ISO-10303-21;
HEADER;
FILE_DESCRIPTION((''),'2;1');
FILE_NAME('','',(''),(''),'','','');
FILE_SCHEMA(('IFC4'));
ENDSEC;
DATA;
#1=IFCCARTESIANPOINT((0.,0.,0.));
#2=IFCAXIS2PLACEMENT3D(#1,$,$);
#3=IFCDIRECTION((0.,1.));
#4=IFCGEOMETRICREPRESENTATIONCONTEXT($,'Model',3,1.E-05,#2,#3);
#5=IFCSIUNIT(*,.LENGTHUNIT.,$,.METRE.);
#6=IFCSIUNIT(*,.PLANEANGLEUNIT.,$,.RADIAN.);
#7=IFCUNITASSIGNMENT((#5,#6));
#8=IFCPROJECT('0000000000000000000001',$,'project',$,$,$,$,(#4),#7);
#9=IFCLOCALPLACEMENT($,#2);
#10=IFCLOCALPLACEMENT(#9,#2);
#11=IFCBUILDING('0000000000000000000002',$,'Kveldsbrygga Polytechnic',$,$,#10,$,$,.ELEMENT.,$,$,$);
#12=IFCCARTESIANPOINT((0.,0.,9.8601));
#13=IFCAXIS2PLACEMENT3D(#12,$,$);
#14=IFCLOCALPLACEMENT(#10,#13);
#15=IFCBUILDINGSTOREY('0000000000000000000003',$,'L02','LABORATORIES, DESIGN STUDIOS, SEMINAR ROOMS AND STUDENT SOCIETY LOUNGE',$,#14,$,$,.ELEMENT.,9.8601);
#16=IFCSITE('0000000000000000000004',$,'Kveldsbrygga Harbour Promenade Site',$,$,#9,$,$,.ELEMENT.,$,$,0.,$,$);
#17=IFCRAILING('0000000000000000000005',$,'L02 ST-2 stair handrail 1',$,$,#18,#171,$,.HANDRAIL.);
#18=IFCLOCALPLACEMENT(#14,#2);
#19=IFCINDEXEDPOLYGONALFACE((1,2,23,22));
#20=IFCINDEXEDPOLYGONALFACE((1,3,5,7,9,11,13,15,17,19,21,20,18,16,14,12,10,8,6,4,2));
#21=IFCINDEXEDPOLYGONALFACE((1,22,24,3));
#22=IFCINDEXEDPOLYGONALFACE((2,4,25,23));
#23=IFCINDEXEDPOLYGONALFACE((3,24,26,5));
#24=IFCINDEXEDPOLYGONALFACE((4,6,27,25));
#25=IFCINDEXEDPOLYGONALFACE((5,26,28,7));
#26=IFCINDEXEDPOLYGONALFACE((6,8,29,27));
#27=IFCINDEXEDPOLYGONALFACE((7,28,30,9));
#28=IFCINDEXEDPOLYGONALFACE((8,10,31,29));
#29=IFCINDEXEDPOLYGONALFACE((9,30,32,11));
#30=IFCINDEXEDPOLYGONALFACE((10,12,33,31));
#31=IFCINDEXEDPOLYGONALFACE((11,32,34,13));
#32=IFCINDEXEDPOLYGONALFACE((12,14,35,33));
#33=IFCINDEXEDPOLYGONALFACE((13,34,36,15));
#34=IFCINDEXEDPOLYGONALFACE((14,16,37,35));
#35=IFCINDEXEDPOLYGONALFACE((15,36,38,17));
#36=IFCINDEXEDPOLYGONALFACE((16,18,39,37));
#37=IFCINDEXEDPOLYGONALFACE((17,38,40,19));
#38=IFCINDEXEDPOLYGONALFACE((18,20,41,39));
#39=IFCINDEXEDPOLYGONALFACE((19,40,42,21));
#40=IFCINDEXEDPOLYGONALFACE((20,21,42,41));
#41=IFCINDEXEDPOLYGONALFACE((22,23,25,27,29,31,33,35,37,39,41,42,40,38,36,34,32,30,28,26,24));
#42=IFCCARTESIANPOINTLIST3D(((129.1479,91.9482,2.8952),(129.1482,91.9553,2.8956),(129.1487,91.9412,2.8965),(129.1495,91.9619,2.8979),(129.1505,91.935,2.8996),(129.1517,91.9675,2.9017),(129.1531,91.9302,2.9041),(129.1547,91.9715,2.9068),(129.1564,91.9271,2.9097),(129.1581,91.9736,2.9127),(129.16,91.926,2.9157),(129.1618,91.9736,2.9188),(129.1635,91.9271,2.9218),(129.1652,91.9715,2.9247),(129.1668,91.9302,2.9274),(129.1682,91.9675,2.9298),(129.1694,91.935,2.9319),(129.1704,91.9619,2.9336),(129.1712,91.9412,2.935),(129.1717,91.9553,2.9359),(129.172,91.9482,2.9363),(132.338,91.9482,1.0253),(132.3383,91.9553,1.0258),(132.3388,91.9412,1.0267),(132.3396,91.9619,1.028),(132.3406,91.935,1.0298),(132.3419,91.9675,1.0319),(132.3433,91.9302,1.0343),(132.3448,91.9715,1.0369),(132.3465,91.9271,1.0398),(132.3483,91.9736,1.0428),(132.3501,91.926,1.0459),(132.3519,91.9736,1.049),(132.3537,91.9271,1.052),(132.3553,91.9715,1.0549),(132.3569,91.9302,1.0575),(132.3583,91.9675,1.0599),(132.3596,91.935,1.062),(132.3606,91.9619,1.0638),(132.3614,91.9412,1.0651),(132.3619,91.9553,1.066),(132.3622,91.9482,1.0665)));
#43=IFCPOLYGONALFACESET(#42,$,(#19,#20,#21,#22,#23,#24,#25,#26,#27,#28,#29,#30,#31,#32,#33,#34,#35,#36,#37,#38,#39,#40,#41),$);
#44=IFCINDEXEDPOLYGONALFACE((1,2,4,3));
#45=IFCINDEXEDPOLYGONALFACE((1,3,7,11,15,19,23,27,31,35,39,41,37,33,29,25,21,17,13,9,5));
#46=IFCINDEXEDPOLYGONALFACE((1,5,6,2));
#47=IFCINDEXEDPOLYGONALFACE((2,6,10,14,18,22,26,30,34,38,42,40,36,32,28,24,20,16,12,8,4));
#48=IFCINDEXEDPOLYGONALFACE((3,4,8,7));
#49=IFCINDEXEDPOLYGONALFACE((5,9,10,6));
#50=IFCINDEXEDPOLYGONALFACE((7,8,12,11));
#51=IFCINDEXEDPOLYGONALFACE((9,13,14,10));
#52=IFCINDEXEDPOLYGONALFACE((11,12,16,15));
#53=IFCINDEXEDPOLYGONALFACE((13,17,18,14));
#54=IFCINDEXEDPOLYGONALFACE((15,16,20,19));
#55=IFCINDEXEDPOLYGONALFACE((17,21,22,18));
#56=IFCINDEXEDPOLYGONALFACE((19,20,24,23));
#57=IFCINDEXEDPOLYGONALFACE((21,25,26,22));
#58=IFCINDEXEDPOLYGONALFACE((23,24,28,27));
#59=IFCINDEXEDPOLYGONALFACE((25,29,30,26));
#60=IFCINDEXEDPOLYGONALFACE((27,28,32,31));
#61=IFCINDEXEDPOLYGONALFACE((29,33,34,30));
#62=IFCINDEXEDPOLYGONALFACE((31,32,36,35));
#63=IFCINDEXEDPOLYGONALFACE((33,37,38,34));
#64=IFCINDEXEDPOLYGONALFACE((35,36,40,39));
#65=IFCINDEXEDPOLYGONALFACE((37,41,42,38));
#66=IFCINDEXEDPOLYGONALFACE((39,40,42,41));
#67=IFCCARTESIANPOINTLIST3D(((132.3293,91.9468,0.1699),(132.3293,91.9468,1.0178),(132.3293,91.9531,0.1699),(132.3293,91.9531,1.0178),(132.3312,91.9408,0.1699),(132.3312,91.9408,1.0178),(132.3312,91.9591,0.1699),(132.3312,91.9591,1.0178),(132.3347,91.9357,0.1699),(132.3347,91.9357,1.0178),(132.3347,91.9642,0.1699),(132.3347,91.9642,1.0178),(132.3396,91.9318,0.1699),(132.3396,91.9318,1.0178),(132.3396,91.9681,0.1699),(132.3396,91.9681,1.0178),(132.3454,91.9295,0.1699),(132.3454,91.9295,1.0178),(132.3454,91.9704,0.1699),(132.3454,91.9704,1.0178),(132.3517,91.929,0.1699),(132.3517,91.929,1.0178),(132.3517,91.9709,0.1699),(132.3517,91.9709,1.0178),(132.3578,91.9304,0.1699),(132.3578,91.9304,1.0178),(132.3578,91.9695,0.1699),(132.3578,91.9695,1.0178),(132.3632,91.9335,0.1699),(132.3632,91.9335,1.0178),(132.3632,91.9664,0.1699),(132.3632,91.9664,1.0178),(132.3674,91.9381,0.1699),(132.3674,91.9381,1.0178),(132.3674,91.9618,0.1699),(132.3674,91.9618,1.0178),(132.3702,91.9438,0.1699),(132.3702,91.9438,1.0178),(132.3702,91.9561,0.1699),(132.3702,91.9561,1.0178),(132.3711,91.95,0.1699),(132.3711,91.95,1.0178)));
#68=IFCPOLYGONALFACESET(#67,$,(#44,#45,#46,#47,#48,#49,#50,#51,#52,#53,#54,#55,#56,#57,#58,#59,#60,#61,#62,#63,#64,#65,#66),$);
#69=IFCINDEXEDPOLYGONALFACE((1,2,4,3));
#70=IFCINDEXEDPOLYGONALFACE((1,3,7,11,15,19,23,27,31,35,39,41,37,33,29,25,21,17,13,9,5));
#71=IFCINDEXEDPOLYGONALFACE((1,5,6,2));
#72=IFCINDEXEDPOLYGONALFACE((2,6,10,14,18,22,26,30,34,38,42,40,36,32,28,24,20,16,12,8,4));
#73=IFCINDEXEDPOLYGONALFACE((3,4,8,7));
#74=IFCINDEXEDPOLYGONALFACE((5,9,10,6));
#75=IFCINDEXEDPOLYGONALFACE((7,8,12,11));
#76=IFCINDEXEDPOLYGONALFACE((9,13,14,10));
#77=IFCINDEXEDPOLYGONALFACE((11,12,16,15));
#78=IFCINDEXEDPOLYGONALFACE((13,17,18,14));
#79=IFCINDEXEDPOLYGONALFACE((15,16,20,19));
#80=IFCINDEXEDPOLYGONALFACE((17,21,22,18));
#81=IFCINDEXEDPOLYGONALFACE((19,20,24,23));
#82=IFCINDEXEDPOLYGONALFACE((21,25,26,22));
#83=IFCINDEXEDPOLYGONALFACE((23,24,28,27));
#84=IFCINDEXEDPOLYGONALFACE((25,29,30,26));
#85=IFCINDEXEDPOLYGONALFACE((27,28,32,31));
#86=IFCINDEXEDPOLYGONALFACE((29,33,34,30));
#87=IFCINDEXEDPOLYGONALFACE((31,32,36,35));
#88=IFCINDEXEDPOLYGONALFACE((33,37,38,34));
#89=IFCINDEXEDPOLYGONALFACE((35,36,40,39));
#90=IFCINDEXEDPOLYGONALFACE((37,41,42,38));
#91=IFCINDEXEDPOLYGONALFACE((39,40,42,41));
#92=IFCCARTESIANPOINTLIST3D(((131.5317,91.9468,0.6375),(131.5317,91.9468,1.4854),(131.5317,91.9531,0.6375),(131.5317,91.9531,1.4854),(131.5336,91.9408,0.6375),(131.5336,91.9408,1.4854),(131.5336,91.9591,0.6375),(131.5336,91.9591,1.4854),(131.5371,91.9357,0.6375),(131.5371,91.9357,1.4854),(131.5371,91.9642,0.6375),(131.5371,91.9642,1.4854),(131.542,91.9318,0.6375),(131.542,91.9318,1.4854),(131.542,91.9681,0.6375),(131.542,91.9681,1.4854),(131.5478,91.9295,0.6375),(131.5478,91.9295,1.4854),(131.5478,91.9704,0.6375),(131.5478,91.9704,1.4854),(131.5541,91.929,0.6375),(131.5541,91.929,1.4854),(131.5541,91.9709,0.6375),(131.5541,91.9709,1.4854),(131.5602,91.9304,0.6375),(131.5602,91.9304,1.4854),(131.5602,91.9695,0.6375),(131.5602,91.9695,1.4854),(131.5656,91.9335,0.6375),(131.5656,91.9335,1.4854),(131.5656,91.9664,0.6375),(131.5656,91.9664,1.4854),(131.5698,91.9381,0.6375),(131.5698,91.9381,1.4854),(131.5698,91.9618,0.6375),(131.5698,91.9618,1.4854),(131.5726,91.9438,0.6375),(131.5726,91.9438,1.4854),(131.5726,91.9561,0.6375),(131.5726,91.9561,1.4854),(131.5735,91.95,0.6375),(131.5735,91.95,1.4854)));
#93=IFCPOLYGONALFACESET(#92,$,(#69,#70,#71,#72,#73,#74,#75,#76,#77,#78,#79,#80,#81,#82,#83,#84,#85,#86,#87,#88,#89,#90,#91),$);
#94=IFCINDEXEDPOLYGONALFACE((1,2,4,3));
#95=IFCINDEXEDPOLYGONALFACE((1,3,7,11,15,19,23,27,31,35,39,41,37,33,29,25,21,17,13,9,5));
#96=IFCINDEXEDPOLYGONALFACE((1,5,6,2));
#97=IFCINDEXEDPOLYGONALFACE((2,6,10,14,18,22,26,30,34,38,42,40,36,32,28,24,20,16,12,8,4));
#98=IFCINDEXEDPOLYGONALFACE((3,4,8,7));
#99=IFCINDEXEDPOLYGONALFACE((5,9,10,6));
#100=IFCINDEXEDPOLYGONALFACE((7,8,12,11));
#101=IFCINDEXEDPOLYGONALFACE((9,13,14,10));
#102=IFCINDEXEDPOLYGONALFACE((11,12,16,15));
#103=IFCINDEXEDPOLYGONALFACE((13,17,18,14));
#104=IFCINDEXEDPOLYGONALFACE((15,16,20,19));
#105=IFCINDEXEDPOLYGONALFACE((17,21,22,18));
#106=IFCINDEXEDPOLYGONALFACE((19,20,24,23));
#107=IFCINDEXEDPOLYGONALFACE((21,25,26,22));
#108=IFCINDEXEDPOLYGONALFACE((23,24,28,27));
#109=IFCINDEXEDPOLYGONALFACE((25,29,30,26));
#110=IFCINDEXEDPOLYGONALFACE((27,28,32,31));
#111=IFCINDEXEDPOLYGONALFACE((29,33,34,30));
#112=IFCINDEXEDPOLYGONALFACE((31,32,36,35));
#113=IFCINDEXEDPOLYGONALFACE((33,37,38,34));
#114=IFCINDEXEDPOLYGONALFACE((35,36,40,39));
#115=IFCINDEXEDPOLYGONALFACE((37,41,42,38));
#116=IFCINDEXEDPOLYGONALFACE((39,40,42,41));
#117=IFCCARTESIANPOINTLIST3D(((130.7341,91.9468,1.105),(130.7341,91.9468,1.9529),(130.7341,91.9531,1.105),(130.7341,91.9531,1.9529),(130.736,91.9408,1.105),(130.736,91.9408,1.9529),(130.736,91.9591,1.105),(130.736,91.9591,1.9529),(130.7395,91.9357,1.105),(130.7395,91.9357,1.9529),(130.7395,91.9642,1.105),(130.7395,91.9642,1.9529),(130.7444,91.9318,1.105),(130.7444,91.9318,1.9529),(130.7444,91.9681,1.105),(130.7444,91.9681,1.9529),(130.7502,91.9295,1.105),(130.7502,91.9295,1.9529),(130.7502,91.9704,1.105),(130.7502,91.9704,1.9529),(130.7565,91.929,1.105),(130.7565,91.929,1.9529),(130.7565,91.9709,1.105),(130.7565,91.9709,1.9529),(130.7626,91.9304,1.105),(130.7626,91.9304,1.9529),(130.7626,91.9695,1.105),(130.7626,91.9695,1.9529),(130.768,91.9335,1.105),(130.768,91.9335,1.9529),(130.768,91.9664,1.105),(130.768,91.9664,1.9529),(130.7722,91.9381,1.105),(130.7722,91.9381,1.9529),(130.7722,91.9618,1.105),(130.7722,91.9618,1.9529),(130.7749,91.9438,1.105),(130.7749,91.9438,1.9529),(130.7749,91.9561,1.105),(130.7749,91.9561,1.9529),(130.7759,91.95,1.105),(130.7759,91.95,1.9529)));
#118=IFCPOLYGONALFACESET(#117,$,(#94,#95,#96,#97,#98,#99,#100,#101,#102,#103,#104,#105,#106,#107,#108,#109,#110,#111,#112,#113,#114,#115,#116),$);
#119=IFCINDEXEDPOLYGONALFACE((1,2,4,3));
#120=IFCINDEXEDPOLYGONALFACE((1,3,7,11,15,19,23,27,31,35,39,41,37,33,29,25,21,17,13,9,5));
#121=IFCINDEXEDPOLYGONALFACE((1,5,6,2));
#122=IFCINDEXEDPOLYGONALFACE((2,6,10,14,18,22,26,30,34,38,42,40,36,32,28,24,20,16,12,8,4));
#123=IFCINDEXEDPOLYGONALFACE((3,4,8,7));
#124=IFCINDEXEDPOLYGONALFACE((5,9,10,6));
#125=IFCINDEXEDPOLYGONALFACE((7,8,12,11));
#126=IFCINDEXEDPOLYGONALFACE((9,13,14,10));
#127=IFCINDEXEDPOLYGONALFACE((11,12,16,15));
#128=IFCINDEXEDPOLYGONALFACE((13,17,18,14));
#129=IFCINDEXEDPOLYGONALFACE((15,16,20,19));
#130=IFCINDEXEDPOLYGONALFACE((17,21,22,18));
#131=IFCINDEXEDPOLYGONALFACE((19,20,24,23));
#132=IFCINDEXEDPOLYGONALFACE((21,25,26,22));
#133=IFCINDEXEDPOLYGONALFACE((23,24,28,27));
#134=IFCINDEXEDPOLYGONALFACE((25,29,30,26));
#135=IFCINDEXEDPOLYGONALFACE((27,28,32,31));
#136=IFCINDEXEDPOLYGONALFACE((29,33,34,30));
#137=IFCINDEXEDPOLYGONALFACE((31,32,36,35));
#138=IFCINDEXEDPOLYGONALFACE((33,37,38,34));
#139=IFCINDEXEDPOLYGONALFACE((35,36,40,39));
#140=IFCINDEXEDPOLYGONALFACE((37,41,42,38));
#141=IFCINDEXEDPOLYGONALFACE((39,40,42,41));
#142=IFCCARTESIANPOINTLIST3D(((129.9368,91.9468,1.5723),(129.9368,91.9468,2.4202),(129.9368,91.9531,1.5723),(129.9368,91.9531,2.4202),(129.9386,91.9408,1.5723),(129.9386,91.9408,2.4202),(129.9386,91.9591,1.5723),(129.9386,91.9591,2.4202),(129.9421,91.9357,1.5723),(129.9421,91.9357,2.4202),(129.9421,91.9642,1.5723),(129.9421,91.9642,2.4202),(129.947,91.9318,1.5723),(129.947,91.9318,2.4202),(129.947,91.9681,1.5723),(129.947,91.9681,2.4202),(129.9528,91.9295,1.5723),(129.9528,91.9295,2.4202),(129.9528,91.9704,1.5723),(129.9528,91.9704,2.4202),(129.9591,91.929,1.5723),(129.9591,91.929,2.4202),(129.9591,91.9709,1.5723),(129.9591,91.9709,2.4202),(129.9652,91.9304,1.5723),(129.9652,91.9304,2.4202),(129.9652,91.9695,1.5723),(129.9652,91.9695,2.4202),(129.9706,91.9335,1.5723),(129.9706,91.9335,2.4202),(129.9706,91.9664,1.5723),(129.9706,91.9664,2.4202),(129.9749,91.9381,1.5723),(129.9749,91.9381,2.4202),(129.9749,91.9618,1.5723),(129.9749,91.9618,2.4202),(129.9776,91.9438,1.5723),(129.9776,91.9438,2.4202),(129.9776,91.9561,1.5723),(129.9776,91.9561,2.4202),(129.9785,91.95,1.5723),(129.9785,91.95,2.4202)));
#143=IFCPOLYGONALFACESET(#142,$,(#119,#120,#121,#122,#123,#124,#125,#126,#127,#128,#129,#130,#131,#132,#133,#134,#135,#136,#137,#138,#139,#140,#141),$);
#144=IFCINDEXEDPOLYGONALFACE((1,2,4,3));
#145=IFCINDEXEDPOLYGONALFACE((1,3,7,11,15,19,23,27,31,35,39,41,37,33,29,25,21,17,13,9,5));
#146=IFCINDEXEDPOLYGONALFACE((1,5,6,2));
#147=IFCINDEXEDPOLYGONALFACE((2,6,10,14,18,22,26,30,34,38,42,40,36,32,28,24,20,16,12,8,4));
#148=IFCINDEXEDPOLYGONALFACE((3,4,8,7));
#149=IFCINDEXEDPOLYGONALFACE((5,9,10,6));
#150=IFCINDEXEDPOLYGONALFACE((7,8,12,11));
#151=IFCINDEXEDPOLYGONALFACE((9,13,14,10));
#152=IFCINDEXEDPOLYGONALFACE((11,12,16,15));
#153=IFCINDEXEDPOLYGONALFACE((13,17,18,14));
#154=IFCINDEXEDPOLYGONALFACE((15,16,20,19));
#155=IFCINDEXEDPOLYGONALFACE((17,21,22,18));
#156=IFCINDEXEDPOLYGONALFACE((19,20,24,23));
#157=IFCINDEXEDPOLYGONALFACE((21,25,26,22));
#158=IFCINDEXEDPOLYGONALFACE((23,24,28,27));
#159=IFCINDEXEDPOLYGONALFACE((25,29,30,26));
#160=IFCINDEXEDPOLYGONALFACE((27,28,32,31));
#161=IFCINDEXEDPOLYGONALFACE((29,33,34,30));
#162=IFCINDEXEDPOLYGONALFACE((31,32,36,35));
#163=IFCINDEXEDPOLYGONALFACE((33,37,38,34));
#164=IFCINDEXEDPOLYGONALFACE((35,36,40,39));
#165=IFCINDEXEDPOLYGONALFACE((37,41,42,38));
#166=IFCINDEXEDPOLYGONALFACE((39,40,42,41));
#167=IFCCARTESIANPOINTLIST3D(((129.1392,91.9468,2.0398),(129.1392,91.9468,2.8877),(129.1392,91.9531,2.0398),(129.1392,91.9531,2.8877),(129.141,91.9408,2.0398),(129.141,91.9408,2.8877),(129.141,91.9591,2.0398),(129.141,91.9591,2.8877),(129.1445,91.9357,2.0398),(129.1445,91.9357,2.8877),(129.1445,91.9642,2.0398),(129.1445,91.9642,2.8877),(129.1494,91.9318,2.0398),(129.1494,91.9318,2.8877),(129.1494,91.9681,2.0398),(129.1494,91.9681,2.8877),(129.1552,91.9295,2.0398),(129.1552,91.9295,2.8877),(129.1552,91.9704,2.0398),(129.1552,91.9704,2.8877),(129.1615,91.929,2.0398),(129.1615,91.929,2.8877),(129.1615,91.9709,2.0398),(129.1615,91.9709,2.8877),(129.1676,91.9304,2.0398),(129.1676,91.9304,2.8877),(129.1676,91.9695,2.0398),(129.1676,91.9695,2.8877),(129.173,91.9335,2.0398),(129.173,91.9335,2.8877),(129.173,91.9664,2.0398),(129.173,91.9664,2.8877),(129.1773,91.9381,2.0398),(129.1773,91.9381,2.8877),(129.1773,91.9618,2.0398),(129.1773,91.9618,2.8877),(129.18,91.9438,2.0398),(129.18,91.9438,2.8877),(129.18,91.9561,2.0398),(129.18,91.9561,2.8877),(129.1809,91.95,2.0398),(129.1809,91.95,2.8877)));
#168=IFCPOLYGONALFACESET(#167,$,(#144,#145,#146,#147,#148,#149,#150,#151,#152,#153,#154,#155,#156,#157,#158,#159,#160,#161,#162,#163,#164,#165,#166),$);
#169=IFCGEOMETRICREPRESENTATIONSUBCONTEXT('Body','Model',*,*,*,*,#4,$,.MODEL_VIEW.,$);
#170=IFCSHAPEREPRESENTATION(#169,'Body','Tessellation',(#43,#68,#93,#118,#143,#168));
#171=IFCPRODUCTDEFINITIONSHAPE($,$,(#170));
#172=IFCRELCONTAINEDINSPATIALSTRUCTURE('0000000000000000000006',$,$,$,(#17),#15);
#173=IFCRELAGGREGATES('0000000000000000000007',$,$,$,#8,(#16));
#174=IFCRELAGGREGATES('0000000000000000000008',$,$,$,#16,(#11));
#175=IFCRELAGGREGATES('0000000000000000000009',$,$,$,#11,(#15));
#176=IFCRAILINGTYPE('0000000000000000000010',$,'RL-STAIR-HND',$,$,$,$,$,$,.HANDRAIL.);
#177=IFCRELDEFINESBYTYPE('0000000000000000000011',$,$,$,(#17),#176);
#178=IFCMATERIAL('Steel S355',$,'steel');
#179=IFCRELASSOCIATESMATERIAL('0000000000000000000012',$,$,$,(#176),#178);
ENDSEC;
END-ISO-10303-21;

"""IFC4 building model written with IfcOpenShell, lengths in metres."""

from ifc_helpers import new_model, si_unit, direction, frame, origin, origin_2d, place, context, subcontext, project, spatial, circle, extrude, material, type_object, element, save


model = new_model("IFC4")

# Units and contexts
model_context = context("Model", 3, precision=1e-05, world=origin(), true_north=direction((0.0, 1.0)))
body_context = subcontext(model_context, "Body", "Model", "MODEL_VIEW")
ifc_project = project(units=[si_unit("LENGTHUNIT", "METRE"), si_unit("PLANEANGLEUNIT", "RADIAN")], contexts=[model_context])

# Site, building, storey
site_placement = place(None, origin())
site = spatial("IfcSite", under=ifc_project, at=site_placement, Name="Kveldsbrygga Harbour Promenade Site", CompositionType="ELEMENT", RefElevation=0.0)
building_placement = place(site_placement, origin())
building = spatial("IfcBuilding", under=site, at=building_placement, Name="Kveldsbrygga Polytechnic", CompositionType="ELEMENT")
storey_placement = place(building_placement, frame((0.0, 0.0, 9.8601)))
storey = spatial("IfcBuildingStorey", under=building, at=storey_placement, Name="L02", Description="LABORATORIES, DESIGN STUDIOS, SEMINAR ROOMS AND STUDENT SOCIETY LOUNGE", CompositionType="ELEMENT", Elevation=9.8601)

# Shared definitions
ifc_material_1 = material(Name="Steel S355", Category="steel")

# Railing
railing_type_1 = type_object("IfcRailingType", Name="RL-STAIR-HND", PredefinedType="HANDRAIL", material=ifc_material_1)
railing_1_placement = place(storey_placement, frame((132.3501, 91.95, 0.1699)))
element("IfcRailing", 1, at=railing_1_placement, inside=storey, type_object=railing_type_1, Name="L02 ST-2 stair handrail 1", PredefinedType="HANDRAIL", context=body_context, shape_type="SweptSolid", body=[
    extrude(circle(Radius=0.0239, at=origin_2d()), frame((0.0, 0.0, 0.876), z_axis=(-0.862726, 0.0, 0.505672), x_axis=(0.0, -1.0, 0.0)), (0.0, 0.0, 1.0), 3.6978),
    extrude(circle(Radius=0.021, at=origin_2d()), origin(), (0.0, 0.0, 1.0), 0.8479),
    extrude(circle(Radius=0.021, at=origin_2d()), frame((-0.7976, 0.0, 0.4675)), (0.0, 0.0, 1.0), 0.8479),
    extrude(circle(Radius=0.021, at=origin_2d()), frame((-1.5952, 0.0, 0.9351)), (0.0, 0.0, 1.0), 0.8479),
    extrude(circle(Radius=0.021, at=origin_2d()), frame((-2.3926, 0.0, 1.4023)), (0.0, 0.0, 1.0), 0.8479),
    extrude(circle(Radius=0.021, at=origin_2d()), frame((-3.1902, 0.0, 1.8699)), (0.0, 0.0, 1.0), 0.8479),
])

save(model, "model.ifc")
